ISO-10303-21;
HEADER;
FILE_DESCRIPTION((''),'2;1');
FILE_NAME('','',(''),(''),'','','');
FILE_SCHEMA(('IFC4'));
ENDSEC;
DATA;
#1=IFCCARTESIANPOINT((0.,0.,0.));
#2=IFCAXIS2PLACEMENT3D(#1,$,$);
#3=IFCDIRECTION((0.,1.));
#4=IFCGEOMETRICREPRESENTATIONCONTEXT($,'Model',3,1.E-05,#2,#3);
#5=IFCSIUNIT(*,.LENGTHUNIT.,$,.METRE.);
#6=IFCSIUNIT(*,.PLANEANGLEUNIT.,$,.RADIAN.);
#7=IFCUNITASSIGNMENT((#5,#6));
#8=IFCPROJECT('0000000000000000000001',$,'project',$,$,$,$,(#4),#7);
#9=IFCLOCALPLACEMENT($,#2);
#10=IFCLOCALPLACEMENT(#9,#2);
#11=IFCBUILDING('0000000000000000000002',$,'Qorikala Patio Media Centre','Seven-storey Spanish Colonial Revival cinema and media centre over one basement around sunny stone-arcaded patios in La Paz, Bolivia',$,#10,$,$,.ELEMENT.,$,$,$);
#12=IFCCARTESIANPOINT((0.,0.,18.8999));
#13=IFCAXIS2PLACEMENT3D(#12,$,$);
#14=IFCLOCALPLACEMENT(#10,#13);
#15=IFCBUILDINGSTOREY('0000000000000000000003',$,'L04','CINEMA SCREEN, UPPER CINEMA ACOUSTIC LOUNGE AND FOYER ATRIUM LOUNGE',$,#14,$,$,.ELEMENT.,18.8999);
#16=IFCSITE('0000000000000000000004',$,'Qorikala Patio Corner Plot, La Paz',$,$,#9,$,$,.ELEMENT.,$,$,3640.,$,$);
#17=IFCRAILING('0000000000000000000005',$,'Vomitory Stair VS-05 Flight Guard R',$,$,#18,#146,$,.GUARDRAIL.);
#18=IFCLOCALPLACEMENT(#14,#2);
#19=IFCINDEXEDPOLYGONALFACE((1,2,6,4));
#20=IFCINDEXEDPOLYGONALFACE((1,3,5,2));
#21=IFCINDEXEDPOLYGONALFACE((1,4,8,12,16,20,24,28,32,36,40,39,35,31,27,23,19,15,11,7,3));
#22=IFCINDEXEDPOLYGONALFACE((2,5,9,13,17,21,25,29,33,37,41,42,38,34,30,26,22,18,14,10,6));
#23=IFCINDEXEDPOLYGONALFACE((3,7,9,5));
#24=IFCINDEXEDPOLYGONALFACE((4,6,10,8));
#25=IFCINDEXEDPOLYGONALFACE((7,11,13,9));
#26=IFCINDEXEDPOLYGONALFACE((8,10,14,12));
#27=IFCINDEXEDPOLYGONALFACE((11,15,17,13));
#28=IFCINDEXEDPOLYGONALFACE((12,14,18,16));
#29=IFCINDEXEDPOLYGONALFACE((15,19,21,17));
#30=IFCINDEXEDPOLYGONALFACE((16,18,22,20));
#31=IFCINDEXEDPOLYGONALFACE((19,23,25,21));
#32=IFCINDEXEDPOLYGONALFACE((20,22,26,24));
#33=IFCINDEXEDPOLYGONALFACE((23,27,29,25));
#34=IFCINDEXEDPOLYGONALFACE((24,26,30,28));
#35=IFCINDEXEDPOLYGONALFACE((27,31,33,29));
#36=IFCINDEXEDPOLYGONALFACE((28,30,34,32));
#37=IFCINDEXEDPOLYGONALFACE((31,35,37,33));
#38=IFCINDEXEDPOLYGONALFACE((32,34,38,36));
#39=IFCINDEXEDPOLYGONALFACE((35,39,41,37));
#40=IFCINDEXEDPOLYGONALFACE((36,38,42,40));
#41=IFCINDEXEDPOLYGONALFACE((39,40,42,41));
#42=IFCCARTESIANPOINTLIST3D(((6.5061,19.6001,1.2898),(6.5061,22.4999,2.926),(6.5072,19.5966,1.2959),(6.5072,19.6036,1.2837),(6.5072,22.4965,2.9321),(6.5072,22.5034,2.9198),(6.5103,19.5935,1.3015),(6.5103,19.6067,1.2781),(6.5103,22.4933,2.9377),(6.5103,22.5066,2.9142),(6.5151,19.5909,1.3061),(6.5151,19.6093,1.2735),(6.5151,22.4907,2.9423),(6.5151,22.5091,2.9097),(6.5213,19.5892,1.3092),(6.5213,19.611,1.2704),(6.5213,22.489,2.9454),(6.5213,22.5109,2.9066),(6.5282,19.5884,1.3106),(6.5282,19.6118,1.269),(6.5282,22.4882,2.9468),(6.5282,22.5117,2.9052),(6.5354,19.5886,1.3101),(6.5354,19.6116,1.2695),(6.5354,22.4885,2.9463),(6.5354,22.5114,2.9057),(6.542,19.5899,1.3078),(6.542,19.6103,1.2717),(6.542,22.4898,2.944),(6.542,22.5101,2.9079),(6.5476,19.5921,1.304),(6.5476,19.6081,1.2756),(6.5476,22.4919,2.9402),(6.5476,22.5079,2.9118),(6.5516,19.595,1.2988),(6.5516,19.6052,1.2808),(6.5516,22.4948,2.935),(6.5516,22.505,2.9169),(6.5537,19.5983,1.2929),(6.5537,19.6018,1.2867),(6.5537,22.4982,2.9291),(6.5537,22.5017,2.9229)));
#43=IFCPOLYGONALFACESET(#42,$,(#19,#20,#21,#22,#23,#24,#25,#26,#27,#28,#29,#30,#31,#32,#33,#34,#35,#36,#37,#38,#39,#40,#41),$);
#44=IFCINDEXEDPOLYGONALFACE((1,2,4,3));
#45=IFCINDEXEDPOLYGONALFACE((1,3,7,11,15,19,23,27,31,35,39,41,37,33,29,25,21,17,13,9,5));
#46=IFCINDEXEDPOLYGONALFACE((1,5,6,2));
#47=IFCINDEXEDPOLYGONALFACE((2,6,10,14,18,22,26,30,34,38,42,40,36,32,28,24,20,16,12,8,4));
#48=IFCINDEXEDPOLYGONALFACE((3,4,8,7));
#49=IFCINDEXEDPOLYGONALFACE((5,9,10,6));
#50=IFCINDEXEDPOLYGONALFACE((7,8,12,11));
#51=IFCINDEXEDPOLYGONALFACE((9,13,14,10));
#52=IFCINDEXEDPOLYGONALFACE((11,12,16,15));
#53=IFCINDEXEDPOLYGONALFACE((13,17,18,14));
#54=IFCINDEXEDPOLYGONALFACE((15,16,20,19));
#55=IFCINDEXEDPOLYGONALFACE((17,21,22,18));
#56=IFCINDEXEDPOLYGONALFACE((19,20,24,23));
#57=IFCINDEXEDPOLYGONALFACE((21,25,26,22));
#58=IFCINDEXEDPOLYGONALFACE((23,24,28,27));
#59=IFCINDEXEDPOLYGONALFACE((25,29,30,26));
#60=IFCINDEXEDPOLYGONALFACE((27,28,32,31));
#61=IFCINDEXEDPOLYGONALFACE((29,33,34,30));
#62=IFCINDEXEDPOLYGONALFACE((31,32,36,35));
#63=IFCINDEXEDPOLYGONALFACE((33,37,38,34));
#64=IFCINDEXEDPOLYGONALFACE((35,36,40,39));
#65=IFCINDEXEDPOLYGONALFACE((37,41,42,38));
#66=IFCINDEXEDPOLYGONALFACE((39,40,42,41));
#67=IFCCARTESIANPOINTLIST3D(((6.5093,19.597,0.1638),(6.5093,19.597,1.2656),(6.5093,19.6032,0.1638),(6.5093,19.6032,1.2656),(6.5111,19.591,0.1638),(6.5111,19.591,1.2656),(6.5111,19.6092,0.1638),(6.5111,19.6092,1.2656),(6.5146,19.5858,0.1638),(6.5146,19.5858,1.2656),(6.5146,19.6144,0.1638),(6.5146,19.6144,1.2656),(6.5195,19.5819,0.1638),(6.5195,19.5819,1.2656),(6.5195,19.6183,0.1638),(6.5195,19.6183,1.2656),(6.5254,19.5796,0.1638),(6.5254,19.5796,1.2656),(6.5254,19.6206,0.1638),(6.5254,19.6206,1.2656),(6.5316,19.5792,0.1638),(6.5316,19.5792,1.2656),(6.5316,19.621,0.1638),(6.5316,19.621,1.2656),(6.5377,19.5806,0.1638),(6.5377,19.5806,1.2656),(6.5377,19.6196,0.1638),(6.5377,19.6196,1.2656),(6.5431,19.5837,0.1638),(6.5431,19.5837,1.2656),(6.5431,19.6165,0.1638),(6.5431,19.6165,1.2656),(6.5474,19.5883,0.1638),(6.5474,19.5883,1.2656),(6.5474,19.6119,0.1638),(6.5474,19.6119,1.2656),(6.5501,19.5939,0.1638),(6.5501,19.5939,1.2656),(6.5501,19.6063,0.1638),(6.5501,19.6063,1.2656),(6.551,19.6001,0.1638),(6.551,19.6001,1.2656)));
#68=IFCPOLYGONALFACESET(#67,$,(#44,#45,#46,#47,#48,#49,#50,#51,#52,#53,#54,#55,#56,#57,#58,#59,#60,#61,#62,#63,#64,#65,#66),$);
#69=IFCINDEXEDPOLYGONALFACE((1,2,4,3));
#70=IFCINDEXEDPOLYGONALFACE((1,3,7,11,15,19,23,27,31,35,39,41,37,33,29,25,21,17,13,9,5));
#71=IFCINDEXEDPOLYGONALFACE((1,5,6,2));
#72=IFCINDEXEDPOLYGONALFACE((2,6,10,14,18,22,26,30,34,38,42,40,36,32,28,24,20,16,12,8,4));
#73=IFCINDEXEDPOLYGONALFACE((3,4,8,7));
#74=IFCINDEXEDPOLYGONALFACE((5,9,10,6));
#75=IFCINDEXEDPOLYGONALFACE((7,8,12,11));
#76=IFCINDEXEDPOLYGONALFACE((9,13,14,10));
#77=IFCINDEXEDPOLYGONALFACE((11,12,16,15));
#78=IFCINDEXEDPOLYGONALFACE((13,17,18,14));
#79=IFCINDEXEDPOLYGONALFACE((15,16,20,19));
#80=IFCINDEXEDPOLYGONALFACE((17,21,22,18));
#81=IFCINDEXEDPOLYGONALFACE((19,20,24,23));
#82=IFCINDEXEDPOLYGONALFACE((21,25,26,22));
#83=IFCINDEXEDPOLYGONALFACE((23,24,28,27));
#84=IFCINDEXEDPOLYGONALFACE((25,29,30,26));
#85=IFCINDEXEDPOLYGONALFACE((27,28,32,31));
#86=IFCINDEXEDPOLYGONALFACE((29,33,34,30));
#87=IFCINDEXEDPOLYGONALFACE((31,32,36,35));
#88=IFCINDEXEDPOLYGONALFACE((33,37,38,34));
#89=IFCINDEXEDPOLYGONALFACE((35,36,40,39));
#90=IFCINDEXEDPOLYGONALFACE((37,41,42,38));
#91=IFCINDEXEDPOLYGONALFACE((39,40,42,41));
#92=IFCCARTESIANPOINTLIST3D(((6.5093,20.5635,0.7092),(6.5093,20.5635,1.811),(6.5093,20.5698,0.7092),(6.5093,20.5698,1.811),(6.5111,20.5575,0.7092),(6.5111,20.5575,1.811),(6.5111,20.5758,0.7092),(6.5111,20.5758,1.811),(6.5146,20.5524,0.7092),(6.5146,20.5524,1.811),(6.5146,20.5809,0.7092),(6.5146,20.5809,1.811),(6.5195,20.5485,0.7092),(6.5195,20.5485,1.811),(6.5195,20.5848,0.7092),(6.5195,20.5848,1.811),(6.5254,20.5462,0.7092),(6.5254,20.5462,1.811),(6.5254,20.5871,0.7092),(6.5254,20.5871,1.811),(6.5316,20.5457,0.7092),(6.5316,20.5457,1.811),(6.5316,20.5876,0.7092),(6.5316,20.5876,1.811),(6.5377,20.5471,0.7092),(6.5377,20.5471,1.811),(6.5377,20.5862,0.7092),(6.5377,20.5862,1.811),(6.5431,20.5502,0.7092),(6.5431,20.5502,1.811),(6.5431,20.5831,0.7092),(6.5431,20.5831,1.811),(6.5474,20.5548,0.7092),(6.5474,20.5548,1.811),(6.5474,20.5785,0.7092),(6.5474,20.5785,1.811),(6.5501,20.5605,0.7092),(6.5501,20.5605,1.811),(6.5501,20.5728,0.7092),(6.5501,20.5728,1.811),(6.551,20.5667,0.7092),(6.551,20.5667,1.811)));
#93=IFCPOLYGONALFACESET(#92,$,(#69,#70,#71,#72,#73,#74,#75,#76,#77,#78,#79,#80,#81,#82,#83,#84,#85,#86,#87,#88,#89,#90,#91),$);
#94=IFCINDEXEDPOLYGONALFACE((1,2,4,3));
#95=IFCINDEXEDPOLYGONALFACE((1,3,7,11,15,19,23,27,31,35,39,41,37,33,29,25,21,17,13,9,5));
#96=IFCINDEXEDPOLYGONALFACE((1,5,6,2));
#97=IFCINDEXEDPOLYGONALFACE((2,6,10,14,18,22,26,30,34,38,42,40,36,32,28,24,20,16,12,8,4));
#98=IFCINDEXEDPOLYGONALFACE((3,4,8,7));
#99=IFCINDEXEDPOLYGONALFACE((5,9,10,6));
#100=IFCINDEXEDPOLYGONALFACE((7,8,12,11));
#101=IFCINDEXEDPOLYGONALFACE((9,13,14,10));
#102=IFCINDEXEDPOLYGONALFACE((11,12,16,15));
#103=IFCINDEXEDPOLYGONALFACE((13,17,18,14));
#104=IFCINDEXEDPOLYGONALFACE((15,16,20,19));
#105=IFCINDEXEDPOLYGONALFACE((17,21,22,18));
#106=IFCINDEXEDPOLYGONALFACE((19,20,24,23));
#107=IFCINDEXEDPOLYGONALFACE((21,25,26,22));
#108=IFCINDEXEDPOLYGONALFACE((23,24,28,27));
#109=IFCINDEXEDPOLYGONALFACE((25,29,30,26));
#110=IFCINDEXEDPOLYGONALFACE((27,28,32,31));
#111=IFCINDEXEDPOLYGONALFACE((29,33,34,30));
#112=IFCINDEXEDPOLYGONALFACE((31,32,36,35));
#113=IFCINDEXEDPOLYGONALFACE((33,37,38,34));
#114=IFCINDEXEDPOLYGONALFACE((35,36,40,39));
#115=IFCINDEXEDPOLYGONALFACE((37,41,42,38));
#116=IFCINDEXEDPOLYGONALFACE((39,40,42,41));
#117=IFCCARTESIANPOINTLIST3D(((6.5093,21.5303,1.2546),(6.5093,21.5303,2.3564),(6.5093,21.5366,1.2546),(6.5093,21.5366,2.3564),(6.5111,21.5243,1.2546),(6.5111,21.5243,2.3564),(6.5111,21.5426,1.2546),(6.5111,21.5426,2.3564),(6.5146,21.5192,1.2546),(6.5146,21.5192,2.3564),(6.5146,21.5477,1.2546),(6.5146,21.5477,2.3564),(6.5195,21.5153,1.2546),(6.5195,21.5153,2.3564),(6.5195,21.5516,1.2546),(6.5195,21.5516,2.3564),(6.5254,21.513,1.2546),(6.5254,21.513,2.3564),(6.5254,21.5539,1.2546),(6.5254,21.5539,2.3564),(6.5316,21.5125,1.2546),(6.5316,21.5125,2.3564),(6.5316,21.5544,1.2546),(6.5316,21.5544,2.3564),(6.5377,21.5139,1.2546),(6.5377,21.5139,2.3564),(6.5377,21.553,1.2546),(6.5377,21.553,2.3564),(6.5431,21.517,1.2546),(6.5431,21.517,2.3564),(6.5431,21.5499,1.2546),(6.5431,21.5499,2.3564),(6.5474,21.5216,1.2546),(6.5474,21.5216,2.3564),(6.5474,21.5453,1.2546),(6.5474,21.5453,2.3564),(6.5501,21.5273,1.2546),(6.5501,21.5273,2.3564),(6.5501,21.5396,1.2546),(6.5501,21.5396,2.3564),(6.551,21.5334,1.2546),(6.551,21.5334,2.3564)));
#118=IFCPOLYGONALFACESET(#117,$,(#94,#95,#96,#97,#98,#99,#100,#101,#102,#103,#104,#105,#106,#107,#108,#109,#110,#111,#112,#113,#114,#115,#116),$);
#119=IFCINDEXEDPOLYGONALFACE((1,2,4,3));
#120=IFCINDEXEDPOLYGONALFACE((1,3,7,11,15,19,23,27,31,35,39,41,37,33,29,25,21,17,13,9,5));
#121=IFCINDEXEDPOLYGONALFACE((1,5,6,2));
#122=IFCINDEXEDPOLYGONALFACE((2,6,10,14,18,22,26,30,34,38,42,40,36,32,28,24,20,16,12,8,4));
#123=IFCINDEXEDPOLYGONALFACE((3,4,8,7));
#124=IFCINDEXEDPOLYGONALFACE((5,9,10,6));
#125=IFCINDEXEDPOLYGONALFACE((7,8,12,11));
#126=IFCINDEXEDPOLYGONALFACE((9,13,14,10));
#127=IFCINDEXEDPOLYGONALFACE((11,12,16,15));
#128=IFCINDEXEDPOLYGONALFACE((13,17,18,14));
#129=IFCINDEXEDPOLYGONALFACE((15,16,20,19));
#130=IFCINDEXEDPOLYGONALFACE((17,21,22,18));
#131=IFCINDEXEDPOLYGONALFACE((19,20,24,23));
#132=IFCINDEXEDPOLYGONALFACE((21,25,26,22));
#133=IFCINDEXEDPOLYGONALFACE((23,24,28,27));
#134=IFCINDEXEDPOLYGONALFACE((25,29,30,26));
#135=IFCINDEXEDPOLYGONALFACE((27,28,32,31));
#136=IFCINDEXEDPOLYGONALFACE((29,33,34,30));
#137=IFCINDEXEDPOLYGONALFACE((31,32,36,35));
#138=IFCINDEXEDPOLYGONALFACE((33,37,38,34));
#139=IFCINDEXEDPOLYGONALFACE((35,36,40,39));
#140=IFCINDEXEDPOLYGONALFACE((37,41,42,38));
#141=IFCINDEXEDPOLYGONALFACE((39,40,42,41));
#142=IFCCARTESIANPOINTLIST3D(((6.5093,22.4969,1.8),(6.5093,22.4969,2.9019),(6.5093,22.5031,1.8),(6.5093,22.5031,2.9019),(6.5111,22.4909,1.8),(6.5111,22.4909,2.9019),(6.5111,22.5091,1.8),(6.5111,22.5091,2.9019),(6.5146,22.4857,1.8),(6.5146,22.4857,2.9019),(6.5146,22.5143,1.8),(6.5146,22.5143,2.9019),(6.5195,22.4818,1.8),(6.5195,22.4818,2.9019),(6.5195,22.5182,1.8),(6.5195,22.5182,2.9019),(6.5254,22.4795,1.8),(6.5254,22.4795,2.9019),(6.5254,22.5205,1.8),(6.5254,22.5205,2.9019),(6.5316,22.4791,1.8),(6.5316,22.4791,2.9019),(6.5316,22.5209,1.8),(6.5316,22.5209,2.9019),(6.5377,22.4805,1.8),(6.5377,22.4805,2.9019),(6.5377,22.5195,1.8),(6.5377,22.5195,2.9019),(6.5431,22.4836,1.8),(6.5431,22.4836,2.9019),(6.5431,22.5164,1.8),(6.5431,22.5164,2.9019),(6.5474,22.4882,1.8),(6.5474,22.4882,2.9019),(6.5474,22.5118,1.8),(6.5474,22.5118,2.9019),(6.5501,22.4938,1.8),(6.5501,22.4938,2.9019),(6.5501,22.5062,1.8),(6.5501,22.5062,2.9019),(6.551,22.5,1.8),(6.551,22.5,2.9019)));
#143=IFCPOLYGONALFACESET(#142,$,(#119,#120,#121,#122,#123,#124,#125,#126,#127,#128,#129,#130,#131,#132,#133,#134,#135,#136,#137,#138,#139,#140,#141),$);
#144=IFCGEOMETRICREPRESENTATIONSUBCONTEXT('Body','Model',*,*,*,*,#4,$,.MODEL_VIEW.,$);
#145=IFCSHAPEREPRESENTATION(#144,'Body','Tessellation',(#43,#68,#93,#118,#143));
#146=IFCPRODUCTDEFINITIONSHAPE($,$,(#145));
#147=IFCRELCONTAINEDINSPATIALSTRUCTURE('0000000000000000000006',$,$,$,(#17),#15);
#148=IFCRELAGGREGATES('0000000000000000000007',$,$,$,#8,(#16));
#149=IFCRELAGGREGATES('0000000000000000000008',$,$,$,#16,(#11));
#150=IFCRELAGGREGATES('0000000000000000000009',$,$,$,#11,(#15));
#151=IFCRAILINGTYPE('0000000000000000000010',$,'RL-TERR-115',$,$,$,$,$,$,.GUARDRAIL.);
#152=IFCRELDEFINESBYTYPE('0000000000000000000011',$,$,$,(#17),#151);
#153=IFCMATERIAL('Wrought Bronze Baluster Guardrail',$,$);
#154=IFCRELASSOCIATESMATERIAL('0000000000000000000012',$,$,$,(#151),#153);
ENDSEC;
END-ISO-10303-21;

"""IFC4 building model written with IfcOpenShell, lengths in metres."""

from ifc_helpers import new_model, si_unit, direction, frame, origin, origin_2d, place, context, subcontext, project, spatial, circle, extrude, material, type_object, element, save


model = new_model("IFC4")

# Units and contexts
model_context = context("Model", 3, precision=1e-05, world=origin(), true_north=direction((0.0, 1.0)))
body_context = subcontext(model_context, "Body", "Model", "MODEL_VIEW")
ifc_project = project(units=[si_unit("LENGTHUNIT", "METRE"), si_unit("PLANEANGLEUNIT", "RADIAN")], contexts=[model_context])

# Site, building, storey
site_placement = place(None, origin())
site = spatial("IfcSite", under=ifc_project, at=site_placement, Name="Qorikala Patio Corner Plot, La Paz", CompositionType="ELEMENT", RefElevation=3640.0)
building_placement = place(site_placement, origin())
building = spatial("IfcBuilding", under=site, at=building_placement, Name="Qorikala Patio Media Centre", Description="Seven-storey Spanish Colonial Revival cinema and media centre over one basement around sunny stone-arcaded patios in La Paz, Bolivia", CompositionType="ELEMENT")
storey_placement = place(building_placement, frame((0.0, 0.0, 18.8999)))
storey = spatial("IfcBuildingStorey", under=building, at=storey_placement, Name="L04", Description="CINEMA SCREEN, UPPER CINEMA ACOUSTIC LOUNGE AND FOYER ATRIUM LOUNGE", CompositionType="ELEMENT", Elevation=18.8999)

# Railing
ifc_material_1 = material(Name="Wrought Bronze Baluster Guardrail")
railing_type = type_object("IfcRailingType", Name="RL-TERR-115", PredefinedType="GUARDRAIL", material=ifc_material_1)
for number, where, name in (
    (1, (6.53, 19.6001, 0.1638), "Vomitory Stair VS-05 Flight Guard R"),
):
    element("IfcRailing", number, at=place(storey_placement, frame(where)), inside=storey, type_object=railing_type, Name=name, PredefinedType="GUARDRAIL", context=body_context, shape_type="SweptSolid", body=[
        extrude(circle(Radius=0.0239, at=origin_2d()), frame((0.0, 0.0, 1.126), z_axis=(0.0, 0.870929, 0.49141), x_axis=(-1.0, 0.0, 0.0)), (0.0, 0.0, 1.0), 3.3296),
        extrude(circle(Radius=0.021, at=origin_2d()), origin(), (0.0, 0.0, 1.0), 1.1018),
        extrude(circle(Radius=0.021, at=origin_2d()), frame((0.0, 0.9666, 0.5454)), (0.0, 0.0, 1.0), 1.1018),
        extrude(circle(Radius=0.021, at=origin_2d()), frame((0.0, 1.9333, 1.0908)), (0.0, 0.0, 1.0), 1.1018),
        extrude(circle(Radius=0.021, at=origin_2d()), frame((0.0, 2.8999, 1.6362)), (0.0, 0.0, 1.0), 1.1018),
    ])

save(model, "model.ifc")
